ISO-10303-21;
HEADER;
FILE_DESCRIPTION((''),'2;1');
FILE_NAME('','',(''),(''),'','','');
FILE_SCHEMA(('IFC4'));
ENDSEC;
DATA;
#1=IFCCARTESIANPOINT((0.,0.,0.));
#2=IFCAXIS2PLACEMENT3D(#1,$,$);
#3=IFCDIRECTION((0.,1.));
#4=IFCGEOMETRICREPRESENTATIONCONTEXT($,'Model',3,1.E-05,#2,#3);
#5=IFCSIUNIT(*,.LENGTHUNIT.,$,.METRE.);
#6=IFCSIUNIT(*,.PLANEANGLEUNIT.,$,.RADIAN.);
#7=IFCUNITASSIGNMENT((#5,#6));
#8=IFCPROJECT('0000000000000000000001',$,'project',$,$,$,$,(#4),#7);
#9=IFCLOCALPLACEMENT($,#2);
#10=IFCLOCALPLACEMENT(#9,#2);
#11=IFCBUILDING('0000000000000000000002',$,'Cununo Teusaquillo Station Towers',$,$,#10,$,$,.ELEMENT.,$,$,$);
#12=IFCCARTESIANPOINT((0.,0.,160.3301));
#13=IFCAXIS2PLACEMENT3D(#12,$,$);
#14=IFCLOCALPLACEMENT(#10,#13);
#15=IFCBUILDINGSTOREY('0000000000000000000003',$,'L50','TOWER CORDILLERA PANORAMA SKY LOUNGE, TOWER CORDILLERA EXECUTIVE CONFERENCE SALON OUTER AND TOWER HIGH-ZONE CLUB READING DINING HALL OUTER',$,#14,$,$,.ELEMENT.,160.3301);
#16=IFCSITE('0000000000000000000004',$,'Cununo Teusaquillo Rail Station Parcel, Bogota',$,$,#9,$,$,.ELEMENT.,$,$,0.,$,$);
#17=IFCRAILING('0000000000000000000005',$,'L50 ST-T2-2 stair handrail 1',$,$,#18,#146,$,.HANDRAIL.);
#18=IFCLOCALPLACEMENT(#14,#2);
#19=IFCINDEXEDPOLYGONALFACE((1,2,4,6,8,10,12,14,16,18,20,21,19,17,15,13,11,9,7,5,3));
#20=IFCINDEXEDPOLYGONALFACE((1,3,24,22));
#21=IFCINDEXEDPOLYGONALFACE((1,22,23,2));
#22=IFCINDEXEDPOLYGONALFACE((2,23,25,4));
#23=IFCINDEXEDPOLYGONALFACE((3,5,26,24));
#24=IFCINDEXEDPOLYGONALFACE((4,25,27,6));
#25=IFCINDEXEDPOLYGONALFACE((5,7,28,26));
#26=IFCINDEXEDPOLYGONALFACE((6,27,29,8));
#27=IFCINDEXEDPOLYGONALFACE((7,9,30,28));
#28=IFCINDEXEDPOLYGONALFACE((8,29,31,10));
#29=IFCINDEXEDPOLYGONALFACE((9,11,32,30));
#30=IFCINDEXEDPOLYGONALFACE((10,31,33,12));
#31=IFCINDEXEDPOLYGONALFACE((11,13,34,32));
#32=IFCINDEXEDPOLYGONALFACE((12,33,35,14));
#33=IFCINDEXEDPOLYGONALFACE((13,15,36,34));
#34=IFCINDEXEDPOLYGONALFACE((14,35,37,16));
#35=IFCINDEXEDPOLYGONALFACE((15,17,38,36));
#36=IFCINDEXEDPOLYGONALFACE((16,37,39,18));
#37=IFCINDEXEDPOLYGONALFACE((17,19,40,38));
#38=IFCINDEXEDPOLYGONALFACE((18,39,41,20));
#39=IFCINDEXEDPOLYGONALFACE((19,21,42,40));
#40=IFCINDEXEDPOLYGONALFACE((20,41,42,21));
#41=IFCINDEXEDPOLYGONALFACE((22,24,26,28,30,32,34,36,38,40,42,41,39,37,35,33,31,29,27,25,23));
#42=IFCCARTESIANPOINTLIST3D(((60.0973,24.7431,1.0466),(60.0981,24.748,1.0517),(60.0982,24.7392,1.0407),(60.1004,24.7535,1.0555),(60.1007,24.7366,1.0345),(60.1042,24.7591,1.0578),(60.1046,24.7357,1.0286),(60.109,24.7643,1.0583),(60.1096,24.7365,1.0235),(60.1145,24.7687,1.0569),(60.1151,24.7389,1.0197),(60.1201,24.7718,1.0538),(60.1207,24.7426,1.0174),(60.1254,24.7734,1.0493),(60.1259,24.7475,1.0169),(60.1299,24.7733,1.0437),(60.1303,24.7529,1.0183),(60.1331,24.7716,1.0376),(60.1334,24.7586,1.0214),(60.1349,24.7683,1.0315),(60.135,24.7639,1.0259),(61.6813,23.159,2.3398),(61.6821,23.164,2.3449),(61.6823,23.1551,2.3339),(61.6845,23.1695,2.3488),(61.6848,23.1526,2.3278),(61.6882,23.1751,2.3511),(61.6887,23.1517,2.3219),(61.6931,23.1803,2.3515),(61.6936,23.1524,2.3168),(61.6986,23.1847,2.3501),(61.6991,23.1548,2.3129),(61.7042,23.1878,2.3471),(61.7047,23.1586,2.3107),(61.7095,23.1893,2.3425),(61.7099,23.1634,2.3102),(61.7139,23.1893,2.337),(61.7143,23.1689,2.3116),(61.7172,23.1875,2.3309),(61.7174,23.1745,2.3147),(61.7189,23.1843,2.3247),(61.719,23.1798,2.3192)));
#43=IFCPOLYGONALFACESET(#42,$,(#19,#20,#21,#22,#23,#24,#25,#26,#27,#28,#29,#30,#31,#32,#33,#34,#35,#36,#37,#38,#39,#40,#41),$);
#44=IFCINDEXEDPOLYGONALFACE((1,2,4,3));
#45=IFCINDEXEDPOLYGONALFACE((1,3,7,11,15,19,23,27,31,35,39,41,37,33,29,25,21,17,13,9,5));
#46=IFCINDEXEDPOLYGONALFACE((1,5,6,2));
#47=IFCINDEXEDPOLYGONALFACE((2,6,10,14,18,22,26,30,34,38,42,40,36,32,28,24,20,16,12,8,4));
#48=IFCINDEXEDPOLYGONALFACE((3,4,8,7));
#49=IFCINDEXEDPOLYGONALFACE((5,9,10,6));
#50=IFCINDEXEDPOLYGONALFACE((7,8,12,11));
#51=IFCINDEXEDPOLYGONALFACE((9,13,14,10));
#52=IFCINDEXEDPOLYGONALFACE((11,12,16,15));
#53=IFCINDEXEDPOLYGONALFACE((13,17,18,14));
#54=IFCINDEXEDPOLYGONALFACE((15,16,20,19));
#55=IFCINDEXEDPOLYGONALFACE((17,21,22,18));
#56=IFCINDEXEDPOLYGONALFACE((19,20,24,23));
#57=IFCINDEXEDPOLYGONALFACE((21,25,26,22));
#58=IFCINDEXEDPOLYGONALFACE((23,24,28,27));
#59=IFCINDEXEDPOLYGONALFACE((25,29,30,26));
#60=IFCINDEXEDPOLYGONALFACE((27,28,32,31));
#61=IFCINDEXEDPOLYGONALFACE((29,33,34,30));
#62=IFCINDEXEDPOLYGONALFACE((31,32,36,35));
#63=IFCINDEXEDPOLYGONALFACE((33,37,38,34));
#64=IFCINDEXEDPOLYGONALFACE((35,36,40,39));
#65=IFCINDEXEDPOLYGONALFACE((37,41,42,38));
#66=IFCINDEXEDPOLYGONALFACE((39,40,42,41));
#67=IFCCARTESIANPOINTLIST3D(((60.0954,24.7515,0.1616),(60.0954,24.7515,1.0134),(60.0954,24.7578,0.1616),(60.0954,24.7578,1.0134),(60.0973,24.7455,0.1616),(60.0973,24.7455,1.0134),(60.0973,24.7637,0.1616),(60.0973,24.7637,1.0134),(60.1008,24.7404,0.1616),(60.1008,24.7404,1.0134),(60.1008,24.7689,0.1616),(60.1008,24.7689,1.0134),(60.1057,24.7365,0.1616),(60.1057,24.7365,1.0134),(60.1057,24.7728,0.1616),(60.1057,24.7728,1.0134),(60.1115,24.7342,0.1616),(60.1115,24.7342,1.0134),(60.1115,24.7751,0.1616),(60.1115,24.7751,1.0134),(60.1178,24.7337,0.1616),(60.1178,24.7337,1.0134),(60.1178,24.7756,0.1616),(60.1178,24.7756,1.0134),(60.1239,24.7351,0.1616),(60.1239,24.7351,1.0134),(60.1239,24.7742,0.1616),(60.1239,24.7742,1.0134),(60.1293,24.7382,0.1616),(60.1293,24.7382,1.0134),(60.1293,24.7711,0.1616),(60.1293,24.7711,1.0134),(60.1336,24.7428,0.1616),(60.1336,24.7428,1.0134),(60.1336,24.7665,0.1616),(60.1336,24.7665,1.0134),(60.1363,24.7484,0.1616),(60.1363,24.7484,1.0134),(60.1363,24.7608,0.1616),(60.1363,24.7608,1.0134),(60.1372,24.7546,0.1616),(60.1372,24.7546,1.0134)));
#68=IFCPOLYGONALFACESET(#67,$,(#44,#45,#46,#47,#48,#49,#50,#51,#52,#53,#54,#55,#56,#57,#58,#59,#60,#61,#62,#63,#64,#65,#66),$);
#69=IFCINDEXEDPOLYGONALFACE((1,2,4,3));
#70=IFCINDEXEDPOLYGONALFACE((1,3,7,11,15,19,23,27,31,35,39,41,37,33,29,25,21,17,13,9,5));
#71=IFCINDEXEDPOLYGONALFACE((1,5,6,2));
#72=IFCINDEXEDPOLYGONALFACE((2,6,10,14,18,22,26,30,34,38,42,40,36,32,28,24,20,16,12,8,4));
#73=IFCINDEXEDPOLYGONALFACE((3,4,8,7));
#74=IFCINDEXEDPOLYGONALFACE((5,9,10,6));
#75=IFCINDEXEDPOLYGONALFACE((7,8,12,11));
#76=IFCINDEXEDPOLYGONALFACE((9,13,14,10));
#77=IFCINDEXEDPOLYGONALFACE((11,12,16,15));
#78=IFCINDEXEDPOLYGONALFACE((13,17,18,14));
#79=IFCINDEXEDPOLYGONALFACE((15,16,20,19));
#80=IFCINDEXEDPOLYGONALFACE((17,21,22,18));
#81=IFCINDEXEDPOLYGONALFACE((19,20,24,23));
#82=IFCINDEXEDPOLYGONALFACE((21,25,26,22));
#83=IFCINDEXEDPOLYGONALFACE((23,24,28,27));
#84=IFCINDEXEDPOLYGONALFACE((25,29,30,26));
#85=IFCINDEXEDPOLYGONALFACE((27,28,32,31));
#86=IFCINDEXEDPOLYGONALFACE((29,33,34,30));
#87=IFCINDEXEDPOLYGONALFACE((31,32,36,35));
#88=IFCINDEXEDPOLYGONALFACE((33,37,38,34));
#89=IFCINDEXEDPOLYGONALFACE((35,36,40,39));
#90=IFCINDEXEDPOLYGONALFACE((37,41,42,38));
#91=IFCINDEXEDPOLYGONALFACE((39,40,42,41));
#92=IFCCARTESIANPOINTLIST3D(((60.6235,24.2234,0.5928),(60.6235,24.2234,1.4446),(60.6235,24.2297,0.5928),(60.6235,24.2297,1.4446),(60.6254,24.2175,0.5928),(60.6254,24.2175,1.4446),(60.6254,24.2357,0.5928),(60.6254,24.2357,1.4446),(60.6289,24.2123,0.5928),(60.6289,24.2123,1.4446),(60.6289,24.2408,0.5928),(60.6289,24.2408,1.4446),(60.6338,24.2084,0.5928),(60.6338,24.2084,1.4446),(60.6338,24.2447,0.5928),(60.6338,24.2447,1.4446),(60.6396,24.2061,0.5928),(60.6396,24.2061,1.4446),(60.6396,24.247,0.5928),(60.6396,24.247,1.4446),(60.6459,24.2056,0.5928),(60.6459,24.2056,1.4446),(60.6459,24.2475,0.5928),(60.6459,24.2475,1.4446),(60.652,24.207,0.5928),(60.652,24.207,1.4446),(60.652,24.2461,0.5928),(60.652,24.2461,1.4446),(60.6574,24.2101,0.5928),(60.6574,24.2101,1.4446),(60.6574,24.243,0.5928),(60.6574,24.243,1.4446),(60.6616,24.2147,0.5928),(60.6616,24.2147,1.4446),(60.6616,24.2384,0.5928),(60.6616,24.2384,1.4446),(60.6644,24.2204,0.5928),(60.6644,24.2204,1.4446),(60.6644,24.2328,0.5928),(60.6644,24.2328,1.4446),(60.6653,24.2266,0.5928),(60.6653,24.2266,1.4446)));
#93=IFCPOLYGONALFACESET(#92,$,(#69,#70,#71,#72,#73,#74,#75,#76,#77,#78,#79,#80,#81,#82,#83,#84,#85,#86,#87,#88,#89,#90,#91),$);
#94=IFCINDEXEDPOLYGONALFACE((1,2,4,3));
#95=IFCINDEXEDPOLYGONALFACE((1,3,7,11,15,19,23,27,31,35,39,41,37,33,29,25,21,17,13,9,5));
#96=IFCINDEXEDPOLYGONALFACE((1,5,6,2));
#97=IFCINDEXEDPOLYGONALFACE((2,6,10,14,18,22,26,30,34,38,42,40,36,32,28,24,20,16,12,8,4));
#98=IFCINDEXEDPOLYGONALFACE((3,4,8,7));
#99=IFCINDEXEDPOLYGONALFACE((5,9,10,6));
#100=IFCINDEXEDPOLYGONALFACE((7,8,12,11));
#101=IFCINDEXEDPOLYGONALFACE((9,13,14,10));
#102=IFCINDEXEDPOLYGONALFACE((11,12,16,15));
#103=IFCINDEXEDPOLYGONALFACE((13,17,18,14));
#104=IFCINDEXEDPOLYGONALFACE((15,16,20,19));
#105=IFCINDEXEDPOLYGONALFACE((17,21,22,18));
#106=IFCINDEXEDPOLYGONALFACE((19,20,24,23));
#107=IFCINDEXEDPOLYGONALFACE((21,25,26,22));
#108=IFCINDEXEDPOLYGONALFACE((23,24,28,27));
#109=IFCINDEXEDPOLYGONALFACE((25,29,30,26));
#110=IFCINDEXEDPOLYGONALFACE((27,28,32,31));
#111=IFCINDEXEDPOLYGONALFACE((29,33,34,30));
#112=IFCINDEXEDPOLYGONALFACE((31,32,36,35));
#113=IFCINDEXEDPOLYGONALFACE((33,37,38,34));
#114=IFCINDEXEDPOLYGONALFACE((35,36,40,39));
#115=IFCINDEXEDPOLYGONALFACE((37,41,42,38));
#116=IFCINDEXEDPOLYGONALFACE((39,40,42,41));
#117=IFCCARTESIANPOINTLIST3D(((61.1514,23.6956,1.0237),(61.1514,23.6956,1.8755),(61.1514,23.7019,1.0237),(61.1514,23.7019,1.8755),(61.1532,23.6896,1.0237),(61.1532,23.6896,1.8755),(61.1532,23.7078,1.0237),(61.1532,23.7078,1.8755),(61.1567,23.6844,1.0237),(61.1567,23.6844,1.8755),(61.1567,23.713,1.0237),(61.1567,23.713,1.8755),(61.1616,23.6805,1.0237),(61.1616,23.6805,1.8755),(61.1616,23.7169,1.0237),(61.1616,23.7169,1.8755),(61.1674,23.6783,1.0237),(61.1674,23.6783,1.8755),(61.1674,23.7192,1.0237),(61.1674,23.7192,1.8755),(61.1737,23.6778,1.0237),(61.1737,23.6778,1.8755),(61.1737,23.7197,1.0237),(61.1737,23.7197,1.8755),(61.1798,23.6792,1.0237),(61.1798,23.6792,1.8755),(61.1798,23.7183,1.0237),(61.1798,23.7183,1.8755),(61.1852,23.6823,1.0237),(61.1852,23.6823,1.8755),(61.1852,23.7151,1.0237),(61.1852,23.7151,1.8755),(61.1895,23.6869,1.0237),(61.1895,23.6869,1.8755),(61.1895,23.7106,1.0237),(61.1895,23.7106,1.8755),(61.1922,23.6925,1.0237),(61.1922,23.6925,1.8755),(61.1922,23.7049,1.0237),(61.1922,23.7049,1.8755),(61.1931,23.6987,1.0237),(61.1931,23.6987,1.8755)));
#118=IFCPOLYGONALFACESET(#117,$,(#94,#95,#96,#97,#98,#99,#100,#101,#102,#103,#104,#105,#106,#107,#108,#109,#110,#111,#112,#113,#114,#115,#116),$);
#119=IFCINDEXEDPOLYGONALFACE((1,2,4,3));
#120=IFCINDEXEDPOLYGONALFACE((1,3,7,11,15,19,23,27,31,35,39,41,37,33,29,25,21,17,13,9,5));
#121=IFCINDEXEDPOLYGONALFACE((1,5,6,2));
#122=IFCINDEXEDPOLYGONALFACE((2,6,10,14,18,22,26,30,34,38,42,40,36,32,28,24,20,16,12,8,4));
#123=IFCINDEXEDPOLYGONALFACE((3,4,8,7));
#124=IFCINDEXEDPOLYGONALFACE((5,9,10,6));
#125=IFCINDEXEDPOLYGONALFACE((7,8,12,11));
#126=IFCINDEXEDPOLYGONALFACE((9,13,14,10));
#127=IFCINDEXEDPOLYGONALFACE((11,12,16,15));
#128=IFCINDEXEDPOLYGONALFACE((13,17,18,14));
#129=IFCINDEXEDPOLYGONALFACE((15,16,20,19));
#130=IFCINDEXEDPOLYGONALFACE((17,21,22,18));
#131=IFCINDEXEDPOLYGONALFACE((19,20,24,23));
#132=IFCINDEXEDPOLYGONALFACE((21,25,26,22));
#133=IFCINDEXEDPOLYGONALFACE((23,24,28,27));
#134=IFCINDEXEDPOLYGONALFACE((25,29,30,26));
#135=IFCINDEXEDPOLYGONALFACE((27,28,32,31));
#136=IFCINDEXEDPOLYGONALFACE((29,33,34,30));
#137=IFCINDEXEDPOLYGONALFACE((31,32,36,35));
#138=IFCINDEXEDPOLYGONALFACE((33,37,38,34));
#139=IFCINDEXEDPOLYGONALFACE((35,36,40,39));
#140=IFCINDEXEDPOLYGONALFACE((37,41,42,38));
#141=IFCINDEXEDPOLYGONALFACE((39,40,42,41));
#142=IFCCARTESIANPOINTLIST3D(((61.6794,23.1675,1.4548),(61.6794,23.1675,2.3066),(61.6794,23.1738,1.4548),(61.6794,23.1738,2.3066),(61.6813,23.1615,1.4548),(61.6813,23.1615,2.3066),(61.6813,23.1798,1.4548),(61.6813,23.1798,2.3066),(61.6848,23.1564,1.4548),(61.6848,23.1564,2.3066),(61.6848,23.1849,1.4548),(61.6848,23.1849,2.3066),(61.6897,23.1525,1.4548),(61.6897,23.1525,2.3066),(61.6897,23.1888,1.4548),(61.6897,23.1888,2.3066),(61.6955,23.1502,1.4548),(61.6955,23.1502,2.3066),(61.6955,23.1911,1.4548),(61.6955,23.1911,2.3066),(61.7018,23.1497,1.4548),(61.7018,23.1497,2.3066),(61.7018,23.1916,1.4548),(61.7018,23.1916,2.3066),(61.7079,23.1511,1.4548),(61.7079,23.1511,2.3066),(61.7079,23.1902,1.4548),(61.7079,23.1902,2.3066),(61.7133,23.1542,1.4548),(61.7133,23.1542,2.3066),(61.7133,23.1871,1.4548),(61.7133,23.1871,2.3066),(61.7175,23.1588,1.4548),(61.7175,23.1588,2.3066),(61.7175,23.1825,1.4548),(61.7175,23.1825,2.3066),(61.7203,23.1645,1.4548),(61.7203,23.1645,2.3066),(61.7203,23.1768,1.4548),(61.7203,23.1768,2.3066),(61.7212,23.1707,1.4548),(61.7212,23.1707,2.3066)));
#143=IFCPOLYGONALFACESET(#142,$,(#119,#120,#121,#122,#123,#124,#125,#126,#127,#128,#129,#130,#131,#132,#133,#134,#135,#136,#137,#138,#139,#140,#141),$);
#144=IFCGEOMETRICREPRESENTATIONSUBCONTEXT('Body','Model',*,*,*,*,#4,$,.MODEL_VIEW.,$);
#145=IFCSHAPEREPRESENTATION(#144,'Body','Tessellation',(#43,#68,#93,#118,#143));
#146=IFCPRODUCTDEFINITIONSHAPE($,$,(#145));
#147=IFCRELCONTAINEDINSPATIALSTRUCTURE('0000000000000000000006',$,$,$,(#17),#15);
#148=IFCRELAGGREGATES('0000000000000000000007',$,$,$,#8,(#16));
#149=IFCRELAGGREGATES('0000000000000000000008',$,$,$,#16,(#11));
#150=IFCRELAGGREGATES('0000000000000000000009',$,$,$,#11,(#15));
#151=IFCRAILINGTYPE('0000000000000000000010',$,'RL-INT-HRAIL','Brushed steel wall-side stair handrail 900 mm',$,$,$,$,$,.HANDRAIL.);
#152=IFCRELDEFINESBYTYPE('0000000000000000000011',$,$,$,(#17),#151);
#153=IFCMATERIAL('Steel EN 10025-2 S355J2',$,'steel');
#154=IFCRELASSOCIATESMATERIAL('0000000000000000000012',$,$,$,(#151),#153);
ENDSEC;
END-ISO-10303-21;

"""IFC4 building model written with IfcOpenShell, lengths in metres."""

from ifc_helpers import new_model, si_unit, direction, frame, origin, origin_2d, place, context, subcontext, project, spatial, circle, extrude, material, type_object, element, save


model = new_model("IFC4")

# Units and contexts
model_context = context("Model", 3, precision=1e-05, world=origin(), true_north=direction((0.0, 1.0)))
body_context = subcontext(model_context, "Body", "Model", "MODEL_VIEW")
ifc_project = project(units=[si_unit("LENGTHUNIT", "METRE"), si_unit("PLANEANGLEUNIT", "RADIAN")], contexts=[model_context])

# Site, building, storey
site_placement = place(None, origin())
site = spatial("IfcSite", under=ifc_project, at=site_placement, Name="Cununo Teusaquillo Rail Station Parcel, Bogota", CompositionType="ELEMENT", RefElevation=0.0)
building_placement = place(site_placement, origin())
building = spatial("IfcBuilding", under=site, at=building_placement, Name="Cununo Teusaquillo Station Towers", CompositionType="ELEMENT")
storey_placement = place(building_placement, frame((0.0, 0.0, 160.3301)))
storey = spatial("IfcBuildingStorey", under=building, at=storey_placement, Name="L50", Description="TOWER CORDILLERA PANORAMA SKY LOUNGE, TOWER CORDILLERA EXECUTIVE CONFERENCE SALON OUTER AND TOWER HIGH-ZONE CLUB READING DINING HALL OUTER", CompositionType="ELEMENT", Elevation=160.3301)

# Railing
ifc_material_1 = material(Name="Steel EN 10025-2 S355J2", Category="steel")
railing_type_1 = type_object("IfcRailingType", Name="RL-INT-HRAIL", Description="Brushed steel wall-side stair handrail 900 mm", PredefinedType="HANDRAIL", material=ifc_material_1)
railing_1_placement = place(storey_placement, frame((60.1162, 24.7546, 0.1616)))
element("IfcRailing", 1, at=railing_1_placement, inside=storey, type_object=railing_type_1, Name="L50 ST-T2-2 stair handrail 1", PredefinedType="HANDRAIL", context=body_context, shape_type="SweptSolid", body=[
    extrude(circle(Radius=0.0239, at=origin_2d()), frame((0.0, 0.0, 0.876), z_axis=(0.612385, -0.612385, 0.49997), x_axis=(0.707107, 0.707107, 0.0)), (0.0, 0.0, 1.0), 2.5867),
    extrude(circle(Radius=0.021, at=origin_2d()), origin(), (0.0, 0.0, 1.0), 0.8518),
    extrude(circle(Radius=0.021, at=origin_2d()), frame((0.5281, -0.5281, 0.4312)), (0.0, 0.0, 1.0), 0.8518),
    extrude(circle(Radius=0.021, at=origin_2d()), frame((1.0559, -1.0559, 0.8621)), (0.0, 0.0, 1.0), 0.8518),
    extrude(circle(Radius=0.021, at=origin_2d()), frame((1.584, -1.584, 1.2932)), (0.0, 0.0, 1.0), 0.8518),
])

save(model, "model.ifc")
